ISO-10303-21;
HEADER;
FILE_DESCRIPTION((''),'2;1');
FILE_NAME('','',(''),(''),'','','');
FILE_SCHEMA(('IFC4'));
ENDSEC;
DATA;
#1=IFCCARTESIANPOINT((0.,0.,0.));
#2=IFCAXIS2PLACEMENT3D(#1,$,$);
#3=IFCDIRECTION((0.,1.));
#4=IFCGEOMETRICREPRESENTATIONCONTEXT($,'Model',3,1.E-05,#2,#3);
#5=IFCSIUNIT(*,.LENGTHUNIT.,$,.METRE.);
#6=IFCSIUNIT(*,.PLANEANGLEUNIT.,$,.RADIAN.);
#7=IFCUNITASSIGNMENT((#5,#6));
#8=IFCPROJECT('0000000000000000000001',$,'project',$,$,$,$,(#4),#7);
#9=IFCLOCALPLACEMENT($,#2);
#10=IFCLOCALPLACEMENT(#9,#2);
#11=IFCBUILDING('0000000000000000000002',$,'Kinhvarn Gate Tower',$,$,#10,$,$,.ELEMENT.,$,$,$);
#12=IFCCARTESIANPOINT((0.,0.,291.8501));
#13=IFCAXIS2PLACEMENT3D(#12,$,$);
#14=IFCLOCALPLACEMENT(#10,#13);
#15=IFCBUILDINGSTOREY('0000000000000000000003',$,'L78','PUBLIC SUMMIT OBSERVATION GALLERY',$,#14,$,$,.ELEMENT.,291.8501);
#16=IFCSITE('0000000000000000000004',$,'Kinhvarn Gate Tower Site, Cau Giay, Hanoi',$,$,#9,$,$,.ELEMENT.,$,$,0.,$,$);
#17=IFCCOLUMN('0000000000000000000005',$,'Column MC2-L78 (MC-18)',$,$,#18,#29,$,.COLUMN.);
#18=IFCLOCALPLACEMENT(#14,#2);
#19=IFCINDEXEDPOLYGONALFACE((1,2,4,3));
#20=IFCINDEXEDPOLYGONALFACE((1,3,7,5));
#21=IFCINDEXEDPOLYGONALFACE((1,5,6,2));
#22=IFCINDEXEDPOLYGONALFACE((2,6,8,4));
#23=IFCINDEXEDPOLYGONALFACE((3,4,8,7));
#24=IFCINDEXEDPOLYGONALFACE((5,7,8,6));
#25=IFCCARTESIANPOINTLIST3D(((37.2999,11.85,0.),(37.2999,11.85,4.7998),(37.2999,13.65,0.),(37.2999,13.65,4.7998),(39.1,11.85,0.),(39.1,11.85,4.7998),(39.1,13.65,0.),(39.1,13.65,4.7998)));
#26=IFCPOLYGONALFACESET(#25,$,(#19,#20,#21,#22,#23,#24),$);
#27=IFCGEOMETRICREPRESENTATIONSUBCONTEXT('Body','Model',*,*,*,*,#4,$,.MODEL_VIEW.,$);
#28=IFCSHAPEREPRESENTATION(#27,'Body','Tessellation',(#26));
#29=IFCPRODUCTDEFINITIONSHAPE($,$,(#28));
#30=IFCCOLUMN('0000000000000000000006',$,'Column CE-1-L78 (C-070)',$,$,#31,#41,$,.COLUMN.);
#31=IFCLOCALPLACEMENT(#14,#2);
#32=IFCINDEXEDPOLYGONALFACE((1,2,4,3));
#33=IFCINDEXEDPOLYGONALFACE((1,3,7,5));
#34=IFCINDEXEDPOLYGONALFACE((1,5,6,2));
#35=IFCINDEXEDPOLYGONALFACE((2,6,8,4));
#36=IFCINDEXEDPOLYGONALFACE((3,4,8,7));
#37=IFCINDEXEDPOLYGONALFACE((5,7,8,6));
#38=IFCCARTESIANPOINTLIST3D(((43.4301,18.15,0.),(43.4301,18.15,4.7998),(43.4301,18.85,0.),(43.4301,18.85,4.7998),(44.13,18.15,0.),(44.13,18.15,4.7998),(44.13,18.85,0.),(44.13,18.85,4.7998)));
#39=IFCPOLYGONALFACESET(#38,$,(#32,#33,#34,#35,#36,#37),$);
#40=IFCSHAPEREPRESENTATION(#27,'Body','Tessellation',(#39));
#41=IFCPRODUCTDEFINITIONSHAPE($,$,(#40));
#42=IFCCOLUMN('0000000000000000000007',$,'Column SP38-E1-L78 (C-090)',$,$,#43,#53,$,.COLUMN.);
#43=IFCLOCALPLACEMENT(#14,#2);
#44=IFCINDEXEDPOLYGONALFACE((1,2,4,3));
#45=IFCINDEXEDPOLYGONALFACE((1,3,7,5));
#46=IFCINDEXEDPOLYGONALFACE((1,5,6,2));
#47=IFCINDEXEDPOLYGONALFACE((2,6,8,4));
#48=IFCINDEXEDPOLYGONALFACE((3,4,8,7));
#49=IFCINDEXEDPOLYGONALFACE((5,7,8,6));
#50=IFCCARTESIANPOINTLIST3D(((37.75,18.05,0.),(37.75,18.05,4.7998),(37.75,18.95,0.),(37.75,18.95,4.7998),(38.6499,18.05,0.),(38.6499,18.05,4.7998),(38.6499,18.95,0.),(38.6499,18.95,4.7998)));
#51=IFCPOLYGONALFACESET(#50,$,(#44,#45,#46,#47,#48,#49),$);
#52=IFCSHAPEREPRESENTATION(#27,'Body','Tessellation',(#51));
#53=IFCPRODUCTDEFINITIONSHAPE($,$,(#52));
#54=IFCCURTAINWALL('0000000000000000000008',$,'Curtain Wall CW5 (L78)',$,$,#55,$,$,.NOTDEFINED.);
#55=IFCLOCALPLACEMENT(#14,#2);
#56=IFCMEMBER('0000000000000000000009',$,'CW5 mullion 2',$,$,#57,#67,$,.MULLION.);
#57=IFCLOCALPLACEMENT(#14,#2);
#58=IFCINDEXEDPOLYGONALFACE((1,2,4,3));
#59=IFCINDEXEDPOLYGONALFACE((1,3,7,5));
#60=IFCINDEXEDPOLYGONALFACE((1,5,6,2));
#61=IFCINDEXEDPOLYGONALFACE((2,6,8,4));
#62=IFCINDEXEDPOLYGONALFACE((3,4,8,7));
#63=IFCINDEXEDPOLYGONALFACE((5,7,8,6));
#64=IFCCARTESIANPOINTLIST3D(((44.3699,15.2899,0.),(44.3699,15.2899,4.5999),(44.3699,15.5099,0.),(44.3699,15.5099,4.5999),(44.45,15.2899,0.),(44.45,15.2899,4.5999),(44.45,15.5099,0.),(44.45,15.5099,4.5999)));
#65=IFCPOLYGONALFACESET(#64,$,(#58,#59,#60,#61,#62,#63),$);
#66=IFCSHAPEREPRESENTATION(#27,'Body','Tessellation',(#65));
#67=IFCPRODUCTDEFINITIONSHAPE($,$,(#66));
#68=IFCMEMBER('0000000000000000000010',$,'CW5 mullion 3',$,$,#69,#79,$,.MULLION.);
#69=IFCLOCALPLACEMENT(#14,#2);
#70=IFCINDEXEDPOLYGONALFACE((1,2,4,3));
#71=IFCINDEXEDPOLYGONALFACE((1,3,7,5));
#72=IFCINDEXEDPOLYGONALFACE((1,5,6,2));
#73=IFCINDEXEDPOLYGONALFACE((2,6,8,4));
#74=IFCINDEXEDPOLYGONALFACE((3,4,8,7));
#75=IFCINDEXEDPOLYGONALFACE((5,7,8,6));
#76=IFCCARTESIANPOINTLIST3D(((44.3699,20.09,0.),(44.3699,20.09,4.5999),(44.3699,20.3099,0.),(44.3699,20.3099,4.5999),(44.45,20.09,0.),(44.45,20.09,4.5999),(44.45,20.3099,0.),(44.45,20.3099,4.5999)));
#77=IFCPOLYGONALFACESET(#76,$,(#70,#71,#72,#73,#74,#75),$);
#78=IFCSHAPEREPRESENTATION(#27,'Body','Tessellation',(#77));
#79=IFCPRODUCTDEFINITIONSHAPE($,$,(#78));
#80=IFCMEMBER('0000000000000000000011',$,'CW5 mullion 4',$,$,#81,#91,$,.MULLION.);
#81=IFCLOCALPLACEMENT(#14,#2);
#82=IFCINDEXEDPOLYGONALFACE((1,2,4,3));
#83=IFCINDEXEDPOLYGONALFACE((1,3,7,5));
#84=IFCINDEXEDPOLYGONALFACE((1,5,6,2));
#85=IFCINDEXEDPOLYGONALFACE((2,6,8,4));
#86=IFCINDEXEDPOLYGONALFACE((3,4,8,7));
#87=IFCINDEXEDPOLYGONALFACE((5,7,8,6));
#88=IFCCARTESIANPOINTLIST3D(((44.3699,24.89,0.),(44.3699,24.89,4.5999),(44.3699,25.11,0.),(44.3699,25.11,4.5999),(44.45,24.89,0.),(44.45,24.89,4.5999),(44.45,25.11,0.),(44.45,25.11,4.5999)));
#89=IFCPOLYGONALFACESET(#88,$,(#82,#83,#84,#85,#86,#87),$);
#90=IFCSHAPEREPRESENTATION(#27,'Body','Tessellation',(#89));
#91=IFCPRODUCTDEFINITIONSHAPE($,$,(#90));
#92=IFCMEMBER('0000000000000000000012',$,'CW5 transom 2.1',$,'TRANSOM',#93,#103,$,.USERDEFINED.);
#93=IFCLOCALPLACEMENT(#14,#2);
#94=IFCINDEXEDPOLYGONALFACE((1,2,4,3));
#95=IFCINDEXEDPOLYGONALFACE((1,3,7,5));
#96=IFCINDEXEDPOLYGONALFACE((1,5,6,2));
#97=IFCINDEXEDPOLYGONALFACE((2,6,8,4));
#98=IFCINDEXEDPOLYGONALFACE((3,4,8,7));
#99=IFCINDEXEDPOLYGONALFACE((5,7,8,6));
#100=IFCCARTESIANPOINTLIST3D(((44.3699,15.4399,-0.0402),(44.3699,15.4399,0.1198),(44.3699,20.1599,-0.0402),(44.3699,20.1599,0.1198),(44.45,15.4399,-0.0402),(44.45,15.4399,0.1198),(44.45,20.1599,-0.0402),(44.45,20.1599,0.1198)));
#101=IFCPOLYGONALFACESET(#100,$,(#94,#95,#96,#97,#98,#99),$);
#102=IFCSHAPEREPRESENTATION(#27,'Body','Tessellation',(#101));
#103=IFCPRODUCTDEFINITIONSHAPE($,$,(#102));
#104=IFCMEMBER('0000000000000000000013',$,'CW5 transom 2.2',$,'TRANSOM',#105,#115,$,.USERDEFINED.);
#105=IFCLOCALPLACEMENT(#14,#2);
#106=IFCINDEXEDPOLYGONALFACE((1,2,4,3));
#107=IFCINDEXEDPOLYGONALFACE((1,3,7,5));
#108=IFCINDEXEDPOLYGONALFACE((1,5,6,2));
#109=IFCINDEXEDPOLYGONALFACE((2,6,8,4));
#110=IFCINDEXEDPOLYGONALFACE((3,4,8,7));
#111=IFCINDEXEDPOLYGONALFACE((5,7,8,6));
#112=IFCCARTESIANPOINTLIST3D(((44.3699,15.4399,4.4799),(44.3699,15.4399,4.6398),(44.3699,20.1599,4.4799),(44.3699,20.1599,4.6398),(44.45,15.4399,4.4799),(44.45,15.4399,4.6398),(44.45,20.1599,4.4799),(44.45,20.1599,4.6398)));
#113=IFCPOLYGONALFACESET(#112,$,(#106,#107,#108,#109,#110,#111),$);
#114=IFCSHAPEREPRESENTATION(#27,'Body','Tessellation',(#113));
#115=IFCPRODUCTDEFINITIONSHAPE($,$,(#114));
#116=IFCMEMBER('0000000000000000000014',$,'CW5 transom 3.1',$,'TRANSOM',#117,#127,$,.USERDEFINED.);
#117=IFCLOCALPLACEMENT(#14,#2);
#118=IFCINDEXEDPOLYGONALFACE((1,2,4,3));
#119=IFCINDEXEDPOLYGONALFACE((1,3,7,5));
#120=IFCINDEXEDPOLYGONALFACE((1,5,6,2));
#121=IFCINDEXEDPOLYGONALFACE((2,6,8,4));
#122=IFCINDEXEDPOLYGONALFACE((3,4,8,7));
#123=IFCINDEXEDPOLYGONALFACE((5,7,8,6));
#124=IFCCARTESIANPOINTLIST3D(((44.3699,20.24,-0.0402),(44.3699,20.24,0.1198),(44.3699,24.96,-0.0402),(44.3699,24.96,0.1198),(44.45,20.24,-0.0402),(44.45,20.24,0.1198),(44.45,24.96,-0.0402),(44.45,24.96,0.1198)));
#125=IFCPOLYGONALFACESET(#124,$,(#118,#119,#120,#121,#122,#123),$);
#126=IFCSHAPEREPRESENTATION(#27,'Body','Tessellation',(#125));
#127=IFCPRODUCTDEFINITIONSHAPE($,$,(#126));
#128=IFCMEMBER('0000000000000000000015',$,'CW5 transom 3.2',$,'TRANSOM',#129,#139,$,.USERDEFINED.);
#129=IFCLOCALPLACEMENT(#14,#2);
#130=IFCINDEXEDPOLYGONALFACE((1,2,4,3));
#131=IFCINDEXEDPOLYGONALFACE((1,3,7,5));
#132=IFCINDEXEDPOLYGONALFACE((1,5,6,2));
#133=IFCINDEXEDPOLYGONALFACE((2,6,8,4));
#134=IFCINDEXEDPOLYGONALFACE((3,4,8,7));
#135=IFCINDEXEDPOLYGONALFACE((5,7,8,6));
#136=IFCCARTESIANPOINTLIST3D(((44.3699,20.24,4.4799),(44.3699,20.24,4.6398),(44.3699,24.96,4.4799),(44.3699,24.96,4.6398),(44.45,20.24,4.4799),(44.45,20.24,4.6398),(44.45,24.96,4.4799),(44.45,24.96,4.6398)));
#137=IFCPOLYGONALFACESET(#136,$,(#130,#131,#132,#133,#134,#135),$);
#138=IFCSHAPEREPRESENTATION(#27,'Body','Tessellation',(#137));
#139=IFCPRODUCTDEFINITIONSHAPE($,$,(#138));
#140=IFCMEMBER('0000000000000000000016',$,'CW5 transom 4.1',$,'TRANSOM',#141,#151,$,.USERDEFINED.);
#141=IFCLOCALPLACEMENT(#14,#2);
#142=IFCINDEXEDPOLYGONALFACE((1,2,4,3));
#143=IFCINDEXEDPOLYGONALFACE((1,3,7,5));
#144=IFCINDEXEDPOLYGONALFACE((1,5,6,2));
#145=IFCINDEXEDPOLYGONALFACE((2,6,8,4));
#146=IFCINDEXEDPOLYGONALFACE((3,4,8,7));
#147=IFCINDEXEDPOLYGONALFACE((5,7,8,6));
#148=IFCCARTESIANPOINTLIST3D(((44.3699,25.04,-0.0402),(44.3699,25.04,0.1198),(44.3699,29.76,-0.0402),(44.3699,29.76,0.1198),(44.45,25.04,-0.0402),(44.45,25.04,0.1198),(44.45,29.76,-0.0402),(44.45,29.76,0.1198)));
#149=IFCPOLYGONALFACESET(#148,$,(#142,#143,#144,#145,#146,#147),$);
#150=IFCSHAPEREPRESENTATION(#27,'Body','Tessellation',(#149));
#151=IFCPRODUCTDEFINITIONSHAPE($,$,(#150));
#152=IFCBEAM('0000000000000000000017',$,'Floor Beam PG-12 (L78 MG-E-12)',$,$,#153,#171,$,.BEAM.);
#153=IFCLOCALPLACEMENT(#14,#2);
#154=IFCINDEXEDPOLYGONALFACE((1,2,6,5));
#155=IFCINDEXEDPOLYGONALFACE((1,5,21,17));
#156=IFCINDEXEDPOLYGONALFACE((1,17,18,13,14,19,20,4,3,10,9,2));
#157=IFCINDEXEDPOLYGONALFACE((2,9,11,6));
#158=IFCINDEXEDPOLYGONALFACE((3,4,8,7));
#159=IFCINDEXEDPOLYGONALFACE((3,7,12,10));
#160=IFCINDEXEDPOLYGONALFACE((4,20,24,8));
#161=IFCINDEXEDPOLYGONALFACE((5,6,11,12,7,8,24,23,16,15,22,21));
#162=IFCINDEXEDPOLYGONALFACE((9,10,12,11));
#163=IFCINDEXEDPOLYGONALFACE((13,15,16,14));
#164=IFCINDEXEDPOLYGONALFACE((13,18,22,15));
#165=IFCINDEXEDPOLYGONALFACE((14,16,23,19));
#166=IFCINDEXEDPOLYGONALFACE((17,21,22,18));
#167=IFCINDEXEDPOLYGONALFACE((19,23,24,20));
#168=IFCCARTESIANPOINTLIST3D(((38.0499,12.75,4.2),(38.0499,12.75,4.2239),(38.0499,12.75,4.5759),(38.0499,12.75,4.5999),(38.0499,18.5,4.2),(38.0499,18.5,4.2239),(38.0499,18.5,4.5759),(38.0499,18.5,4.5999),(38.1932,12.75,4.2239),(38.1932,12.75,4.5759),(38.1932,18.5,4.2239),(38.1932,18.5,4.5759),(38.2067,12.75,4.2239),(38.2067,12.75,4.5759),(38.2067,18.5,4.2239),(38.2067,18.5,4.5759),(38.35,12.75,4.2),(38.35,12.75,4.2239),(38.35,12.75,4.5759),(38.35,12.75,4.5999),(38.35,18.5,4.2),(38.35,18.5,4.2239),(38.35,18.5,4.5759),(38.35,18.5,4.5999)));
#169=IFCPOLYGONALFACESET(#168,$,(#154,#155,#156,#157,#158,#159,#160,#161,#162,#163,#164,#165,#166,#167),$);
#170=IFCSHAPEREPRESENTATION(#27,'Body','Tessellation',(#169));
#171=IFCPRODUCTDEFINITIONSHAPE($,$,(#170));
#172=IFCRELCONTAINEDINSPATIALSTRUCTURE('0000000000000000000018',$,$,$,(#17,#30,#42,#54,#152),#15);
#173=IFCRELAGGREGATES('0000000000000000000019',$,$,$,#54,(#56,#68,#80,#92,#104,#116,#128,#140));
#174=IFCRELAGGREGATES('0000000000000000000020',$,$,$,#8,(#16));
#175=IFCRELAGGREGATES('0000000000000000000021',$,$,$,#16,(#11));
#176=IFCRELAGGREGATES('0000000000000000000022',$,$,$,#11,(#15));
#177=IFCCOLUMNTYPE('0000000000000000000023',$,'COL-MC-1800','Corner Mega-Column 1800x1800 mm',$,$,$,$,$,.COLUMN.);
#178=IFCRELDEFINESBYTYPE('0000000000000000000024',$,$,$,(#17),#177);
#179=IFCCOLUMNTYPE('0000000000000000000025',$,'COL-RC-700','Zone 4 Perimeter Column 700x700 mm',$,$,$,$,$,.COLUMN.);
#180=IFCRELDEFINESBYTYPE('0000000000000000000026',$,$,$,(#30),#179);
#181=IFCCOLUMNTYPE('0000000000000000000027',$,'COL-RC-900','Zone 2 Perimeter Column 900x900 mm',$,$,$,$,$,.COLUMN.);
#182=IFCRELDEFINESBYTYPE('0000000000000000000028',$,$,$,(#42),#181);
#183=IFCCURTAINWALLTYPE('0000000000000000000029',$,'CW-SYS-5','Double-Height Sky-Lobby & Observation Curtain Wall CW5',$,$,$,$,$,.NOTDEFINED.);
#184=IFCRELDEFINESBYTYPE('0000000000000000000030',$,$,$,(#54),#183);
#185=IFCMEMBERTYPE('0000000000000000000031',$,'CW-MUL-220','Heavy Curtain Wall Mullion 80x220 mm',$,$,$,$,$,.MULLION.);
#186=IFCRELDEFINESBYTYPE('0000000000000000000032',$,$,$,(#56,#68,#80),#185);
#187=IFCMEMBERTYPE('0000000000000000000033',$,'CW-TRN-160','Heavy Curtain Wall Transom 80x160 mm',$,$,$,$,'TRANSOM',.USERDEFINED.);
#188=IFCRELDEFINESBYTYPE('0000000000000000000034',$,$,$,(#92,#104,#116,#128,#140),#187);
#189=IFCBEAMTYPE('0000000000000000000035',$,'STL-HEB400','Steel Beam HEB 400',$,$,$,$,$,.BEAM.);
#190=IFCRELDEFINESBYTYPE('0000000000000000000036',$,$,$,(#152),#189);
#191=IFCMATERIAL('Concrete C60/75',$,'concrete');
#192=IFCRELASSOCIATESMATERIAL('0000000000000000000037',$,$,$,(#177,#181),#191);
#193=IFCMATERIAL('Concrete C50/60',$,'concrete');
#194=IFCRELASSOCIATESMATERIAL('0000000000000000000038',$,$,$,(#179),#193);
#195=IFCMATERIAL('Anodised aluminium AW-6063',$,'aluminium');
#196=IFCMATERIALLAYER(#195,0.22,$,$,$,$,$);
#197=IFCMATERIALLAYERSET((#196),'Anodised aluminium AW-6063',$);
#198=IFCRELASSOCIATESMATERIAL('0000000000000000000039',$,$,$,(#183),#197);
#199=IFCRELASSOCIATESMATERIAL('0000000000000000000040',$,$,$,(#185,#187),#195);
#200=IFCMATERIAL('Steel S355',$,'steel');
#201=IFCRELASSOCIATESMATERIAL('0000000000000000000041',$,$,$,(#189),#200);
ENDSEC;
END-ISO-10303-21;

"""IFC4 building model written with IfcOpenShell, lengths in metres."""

from ifc_helpers import new_model, si_unit, direction, frame, origin, origin_2d, place, context, subcontext, project, spatial, rectangle, i_section, extrude, material, layer, layer_set, material_profile, profile_set, type_object, element, aggregate, save


model = new_model("IFC4")

# Units and contexts
model_context = context("Model", 3, precision=1e-05, world=origin(), true_north=direction((0.0, 1.0)))
body_context = subcontext(model_context, "Body", "Model", "MODEL_VIEW")
ifc_project = project(units=[si_unit("LENGTHUNIT", "METRE"), si_unit("PLANEANGLEUNIT", "RADIAN")], contexts=[model_context])

# Site, building, storey
site_placement = place(None, origin())
site = spatial("IfcSite", under=ifc_project, at=site_placement, Name="Kinhvarn Gate Tower Site, Cau Giay, Hanoi", CompositionType="ELEMENT", RefElevation=0.0)
building_placement = place(site_placement, origin())
building = spatial("IfcBuilding", under=site, at=building_placement, Name="Kinhvarn Gate Tower", CompositionType="ELEMENT")
storey_placement = place(building_placement, frame((0.0, 0.0, 291.8501)))
storey = spatial("IfcBuildingStorey", under=building, at=storey_placement, Name="L78", Description="PUBLIC SUMMIT OBSERVATION GALLERY", CompositionType="ELEMENT", Elevation=291.8501)

# Columns
ifc_material_1 = material(Name="Concrete C60/75", Category="concrete")
ifc_material_profile_1 = material_profile(ifc_material_1, rectangle(XDim=1.8, YDim=1.8, at=origin_2d()), Name="RC 1800x1800")
ifc_profile_set_1 = profile_set([ifc_material_profile_1], Name="Concrete C60/75")
column_type_1 = type_object("IfcColumnType", Name="COL-MC-1800", Description="Corner Mega-Column 1800x1800 mm", PredefinedType="COLUMN", material=ifc_profile_set_1)
column_1_placement = place(storey_placement, frame((38.2, 12.75, 0.0), z_axis=(0.0, 0.0, 1.0), x_axis=(1.0, 0.0, 0.0)))
element("IfcColumn", 1, at=column_1_placement, inside=storey, type_object=column_type_1, Name="Column MC2-L78 (MC-18)", PredefinedType="COLUMN", context=body_context, shape_type="SweptSolid", body=[
    extrude(rectangle(XDim=1.8, YDim=1.8, at=origin_2d()), origin(), (0.0, 0.0, 1.0), 4.7998),
])
ifc_material_2 = material(Name="Concrete C50/60", Category="concrete")
ifc_material_profile_2 = material_profile(ifc_material_2, rectangle(XDim=0.7, YDim=0.7, at=origin_2d()), Name="RC 700x700")
ifc_profile_set_2 = profile_set([ifc_material_profile_2], Name="Concrete C50/60")
column_type_2 = type_object("IfcColumnType", Name="COL-RC-700", Description="Zone 4 Perimeter Column 700x700 mm", PredefinedType="COLUMN", material=ifc_profile_set_2)
column_2_placement = place(storey_placement, frame((43.78, 18.5, 0.0), z_axis=(0.0, 0.0, 1.0), x_axis=(1.0, 0.0, 0.0)))
element("IfcColumn", 2, at=column_2_placement, inside=storey, type_object=column_type_2, Name="Column CE-1-L78 (C-070)", PredefinedType="COLUMN", context=body_context, shape_type="SweptSolid", body=[
    extrude(rectangle(XDim=0.7, YDim=0.7, at=origin_2d()), origin(), (0.0, 0.0, 1.0), 4.7998),
])
ifc_material_profile_3 = material_profile(ifc_material_1, rectangle(XDim=0.8999, YDim=0.8999, at=origin_2d()), Name="RC 900x900")
ifc_profile_set_3 = profile_set([ifc_material_profile_3], Name="Concrete C60/75")
column_type_3 = type_object("IfcColumnType", Name="COL-RC-900", Description="Zone 2 Perimeter Column 900x900 mm", PredefinedType="COLUMN", material=ifc_profile_set_3)
column_3_placement = place(storey_placement, frame((38.2, 18.5, 0.0), z_axis=(0.0, 0.0, 1.0), x_axis=(1.0, 0.0, 0.0)))
element("IfcColumn", 3, at=column_3_placement, inside=storey, type_object=column_type_3, Name="Column SP38-E1-L78 (C-090)", PredefinedType="COLUMN", context=body_context, shape_type="SweptSolid", body=[
    extrude(rectangle(XDim=0.8999, YDim=0.8999, at=origin_2d()), origin(), (0.0, 0.0, 1.0), 4.7998),
])

# Curtain wall, members
ifc_material_3 = material(Name="Anodised aluminium AW-6063", Category="aluminium")
ifc_layer_1 = layer(ifc_material_3, 0.22)
ifc_layer_set_1 = layer_set([ifc_layer_1], Name="Anodised aluminium AW-6063")
curtain_wall_type = type_object("IfcCurtainWallType", Name="CW-SYS-5", Description="Double-Height Sky-Lobby & Observation Curtain Wall CW5", PredefinedType="NOTDEFINED", material=ifc_layer_set_1)
curtain_wall_placement = place(storey_placement, origin())
curtain_wall = element("IfcCurtainWall", 4, at=curtain_wall_placement, inside=storey, type_object=curtain_wall_type, Name="Curtain Wall CW5 (L78)", PredefinedType="NOTDEFINED")
ifc_material_profile_4 = material_profile(ifc_material_3, rectangle(XDim=0.0801, YDim=0.22, at=origin_2d()), Name="ALU 80x220")
ifc_profile_set_4 = profile_set([ifc_material_profile_4], Name="Anodised aluminium AW-6063")
member_type_1 = type_object("IfcMemberType", Name="CW-MUL-220", Description="Heavy Curtain Wall Mullion 80x220 mm", PredefinedType="MULLION", material=ifc_profile_set_4)
member_1_placement = place(storey_placement, frame((44.4099, 15.3999, 0.0), z_axis=(0.0, 0.0, 1.0), x_axis=(-1.0, 0.0, 0.0)))
member_1 = element("IfcMember", 5, at=member_1_placement, type_object=member_type_1, Name="CW5 mullion 2", PredefinedType="MULLION", context=body_context, shape_type="SweptSolid", body=[
    extrude(rectangle(XDim=0.0801, YDim=0.22, at=origin_2d()), origin(), (0.0, 0.0, 1.0), 4.5999),
])
member_2_placement = place(storey_placement, frame((44.4099, 20.2, 0.0), z_axis=(0.0, 0.0, 1.0), x_axis=(-1.0, 0.0, 0.0)))
member_2 = element("IfcMember", 6, at=member_2_placement, type_object=member_type_1, Name="CW5 mullion 3", PredefinedType="MULLION", context=body_context, shape_type="SweptSolid", body=[
    extrude(rectangle(XDim=0.0801, YDim=0.22, at=origin_2d()), origin(), (0.0, 0.0, 1.0), 4.5999),
])
member_3_placement = place(storey_placement, frame((44.4099, 25.0, 0.0), z_axis=(0.0, 0.0, 1.0), x_axis=(-1.0, 0.0, 0.0)))
member_3 = element("IfcMember", 7, at=member_3_placement, type_object=member_type_1, Name="CW5 mullion 4", PredefinedType="MULLION", context=body_context, shape_type="SweptSolid", body=[
    extrude(rectangle(XDim=0.0801, YDim=0.22, at=origin_2d()), origin(), (0.0, 0.0, 1.0), 4.5999),
])
ifc_material_profile_5 = material_profile(ifc_material_3, rectangle(XDim=0.0801, YDim=0.1599, at=origin_2d()), Name="ALU 80x160")
ifc_profile_set_5 = profile_set([ifc_material_profile_5], Name="Anodised aluminium AW-6063")
member_type_2 = type_object("IfcMemberType", Name="CW-TRN-160", Description="Heavy Curtain Wall Transom 80x160 mm", ElementType="TRANSOM", PredefinedType="USERDEFINED", material=ifc_profile_set_5)
member_4_placement = place(storey_placement, frame((44.4099, 15.4399, 0.0398), z_axis=(0.0, 1.0, 0.0), x_axis=(-1.0, 0.0, 0.0)))
member_4 = element("IfcMember", 8, at=member_4_placement, type_object=member_type_2, Name="CW5 transom 2.1", ObjectType="TRANSOM", PredefinedType="USERDEFINED", context=body_context, shape_type="SweptSolid", body=[
    extrude(rectangle(XDim=0.0801, YDim=0.1599, at=origin_2d()), origin(), (0.0, 0.0, 1.0), 4.72),
])
member_5_placement = place(storey_placement, frame((44.4099, 15.4399, 4.5598), z_axis=(0.0, 1.0, 0.0), x_axis=(-1.0, 0.0, 0.0)))
member_5 = element("IfcMember", 9, at=member_5_placement, type_object=member_type_2, Name="CW5 transom 2.2", ObjectType="TRANSOM", PredefinedType="USERDEFINED", context=body_context, shape_type="SweptSolid", body=[
    extrude(rectangle(XDim=0.0801, YDim=0.1599, at=origin_2d()), origin(), (0.0, 0.0, 1.0), 4.72),
])
member_6_placement = place(storey_placement, frame((44.4099, 20.24, 0.0398), z_axis=(0.0, 1.0, 0.0), x_axis=(-1.0, 0.0, 0.0)))
member_6 = element("IfcMember", 10, at=member_6_placement, type_object=member_type_2, Name="CW5 transom 3.1", ObjectType="TRANSOM", PredefinedType="USERDEFINED", context=body_context, shape_type="SweptSolid", body=[
    extrude(rectangle(XDim=0.0801, YDim=0.1599, at=origin_2d()), origin(), (0.0, 0.0, 1.0), 4.72),
])
member_7_placement = place(storey_placement, frame((44.4099, 20.24, 4.5598), z_axis=(0.0, 1.0, 0.0), x_axis=(-1.0, 0.0, 0.0)))
member_7 = element("IfcMember", 11, at=member_7_placement, type_object=member_type_2, Name="CW5 transom 3.2", ObjectType="TRANSOM", PredefinedType="USERDEFINED", context=body_context, shape_type="SweptSolid", body=[
    extrude(rectangle(XDim=0.0801, YDim=0.1599, at=origin_2d()), origin(), (0.0, 0.0, 1.0), 4.72),
])
member_8_placement = place(storey_placement, frame((44.4099, 25.04, 0.0398), z_axis=(0.0, 1.0, 0.0), x_axis=(-1.0, 0.0, 0.0)))
member_8 = element("IfcMember", 12, at=member_8_placement, type_object=member_type_2, Name="CW5 transom 4.1", ObjectType="TRANSOM", PredefinedType="USERDEFINED", context=body_context, shape_type="SweptSolid", body=[
    extrude(rectangle(XDim=0.0801, YDim=0.1599, at=origin_2d()), origin(), (0.0, 0.0, 1.0), 4.72),
])

# Beam
ifc_material_4 = material(Name="Steel S355", Category="steel")
ifc_material_profile_6 = material_profile(ifc_material_4, i_section(OverallWidth=0.3, OverallDepth=0.3999, WebThickness=0.0134, FlangeThickness=0.0239, at=origin_2d()), Name="HEB 400")
ifc_profile_set_6 = profile_set([ifc_material_profile_6], Name="Steel S355")
beam_type_1 = type_object("IfcBeamType", Name="STL-HEB400", Description="Steel Beam HEB 400", PredefinedType="BEAM", material=ifc_profile_set_6)
beam_1_placement = place(storey_placement, frame((38.2, 12.75, 4.3999), z_axis=(0.0, 1.0, 0.0), x_axis=(-1.0, 0.0, 0.0)))
element("IfcBeam", 13, at=beam_1_placement, inside=storey, type_object=beam_type_1, Name="Floor Beam PG-12 (L78 MG-E-12)", PredefinedType="BEAM", context=body_context, shape_type="SweptSolid", body=[
    extrude(i_section(OverallWidth=0.3, OverallDepth=0.3999, WebThickness=0.0134, FlangeThickness=0.0239, at=origin_2d()), origin(), (0.0, 0.0, 1.0), 5.75),
])

aggregate(curtain_wall, [member_1, member_2, member_3, member_4, member_5, member_6, member_7, member_8])

save(model, "model.ifc")
